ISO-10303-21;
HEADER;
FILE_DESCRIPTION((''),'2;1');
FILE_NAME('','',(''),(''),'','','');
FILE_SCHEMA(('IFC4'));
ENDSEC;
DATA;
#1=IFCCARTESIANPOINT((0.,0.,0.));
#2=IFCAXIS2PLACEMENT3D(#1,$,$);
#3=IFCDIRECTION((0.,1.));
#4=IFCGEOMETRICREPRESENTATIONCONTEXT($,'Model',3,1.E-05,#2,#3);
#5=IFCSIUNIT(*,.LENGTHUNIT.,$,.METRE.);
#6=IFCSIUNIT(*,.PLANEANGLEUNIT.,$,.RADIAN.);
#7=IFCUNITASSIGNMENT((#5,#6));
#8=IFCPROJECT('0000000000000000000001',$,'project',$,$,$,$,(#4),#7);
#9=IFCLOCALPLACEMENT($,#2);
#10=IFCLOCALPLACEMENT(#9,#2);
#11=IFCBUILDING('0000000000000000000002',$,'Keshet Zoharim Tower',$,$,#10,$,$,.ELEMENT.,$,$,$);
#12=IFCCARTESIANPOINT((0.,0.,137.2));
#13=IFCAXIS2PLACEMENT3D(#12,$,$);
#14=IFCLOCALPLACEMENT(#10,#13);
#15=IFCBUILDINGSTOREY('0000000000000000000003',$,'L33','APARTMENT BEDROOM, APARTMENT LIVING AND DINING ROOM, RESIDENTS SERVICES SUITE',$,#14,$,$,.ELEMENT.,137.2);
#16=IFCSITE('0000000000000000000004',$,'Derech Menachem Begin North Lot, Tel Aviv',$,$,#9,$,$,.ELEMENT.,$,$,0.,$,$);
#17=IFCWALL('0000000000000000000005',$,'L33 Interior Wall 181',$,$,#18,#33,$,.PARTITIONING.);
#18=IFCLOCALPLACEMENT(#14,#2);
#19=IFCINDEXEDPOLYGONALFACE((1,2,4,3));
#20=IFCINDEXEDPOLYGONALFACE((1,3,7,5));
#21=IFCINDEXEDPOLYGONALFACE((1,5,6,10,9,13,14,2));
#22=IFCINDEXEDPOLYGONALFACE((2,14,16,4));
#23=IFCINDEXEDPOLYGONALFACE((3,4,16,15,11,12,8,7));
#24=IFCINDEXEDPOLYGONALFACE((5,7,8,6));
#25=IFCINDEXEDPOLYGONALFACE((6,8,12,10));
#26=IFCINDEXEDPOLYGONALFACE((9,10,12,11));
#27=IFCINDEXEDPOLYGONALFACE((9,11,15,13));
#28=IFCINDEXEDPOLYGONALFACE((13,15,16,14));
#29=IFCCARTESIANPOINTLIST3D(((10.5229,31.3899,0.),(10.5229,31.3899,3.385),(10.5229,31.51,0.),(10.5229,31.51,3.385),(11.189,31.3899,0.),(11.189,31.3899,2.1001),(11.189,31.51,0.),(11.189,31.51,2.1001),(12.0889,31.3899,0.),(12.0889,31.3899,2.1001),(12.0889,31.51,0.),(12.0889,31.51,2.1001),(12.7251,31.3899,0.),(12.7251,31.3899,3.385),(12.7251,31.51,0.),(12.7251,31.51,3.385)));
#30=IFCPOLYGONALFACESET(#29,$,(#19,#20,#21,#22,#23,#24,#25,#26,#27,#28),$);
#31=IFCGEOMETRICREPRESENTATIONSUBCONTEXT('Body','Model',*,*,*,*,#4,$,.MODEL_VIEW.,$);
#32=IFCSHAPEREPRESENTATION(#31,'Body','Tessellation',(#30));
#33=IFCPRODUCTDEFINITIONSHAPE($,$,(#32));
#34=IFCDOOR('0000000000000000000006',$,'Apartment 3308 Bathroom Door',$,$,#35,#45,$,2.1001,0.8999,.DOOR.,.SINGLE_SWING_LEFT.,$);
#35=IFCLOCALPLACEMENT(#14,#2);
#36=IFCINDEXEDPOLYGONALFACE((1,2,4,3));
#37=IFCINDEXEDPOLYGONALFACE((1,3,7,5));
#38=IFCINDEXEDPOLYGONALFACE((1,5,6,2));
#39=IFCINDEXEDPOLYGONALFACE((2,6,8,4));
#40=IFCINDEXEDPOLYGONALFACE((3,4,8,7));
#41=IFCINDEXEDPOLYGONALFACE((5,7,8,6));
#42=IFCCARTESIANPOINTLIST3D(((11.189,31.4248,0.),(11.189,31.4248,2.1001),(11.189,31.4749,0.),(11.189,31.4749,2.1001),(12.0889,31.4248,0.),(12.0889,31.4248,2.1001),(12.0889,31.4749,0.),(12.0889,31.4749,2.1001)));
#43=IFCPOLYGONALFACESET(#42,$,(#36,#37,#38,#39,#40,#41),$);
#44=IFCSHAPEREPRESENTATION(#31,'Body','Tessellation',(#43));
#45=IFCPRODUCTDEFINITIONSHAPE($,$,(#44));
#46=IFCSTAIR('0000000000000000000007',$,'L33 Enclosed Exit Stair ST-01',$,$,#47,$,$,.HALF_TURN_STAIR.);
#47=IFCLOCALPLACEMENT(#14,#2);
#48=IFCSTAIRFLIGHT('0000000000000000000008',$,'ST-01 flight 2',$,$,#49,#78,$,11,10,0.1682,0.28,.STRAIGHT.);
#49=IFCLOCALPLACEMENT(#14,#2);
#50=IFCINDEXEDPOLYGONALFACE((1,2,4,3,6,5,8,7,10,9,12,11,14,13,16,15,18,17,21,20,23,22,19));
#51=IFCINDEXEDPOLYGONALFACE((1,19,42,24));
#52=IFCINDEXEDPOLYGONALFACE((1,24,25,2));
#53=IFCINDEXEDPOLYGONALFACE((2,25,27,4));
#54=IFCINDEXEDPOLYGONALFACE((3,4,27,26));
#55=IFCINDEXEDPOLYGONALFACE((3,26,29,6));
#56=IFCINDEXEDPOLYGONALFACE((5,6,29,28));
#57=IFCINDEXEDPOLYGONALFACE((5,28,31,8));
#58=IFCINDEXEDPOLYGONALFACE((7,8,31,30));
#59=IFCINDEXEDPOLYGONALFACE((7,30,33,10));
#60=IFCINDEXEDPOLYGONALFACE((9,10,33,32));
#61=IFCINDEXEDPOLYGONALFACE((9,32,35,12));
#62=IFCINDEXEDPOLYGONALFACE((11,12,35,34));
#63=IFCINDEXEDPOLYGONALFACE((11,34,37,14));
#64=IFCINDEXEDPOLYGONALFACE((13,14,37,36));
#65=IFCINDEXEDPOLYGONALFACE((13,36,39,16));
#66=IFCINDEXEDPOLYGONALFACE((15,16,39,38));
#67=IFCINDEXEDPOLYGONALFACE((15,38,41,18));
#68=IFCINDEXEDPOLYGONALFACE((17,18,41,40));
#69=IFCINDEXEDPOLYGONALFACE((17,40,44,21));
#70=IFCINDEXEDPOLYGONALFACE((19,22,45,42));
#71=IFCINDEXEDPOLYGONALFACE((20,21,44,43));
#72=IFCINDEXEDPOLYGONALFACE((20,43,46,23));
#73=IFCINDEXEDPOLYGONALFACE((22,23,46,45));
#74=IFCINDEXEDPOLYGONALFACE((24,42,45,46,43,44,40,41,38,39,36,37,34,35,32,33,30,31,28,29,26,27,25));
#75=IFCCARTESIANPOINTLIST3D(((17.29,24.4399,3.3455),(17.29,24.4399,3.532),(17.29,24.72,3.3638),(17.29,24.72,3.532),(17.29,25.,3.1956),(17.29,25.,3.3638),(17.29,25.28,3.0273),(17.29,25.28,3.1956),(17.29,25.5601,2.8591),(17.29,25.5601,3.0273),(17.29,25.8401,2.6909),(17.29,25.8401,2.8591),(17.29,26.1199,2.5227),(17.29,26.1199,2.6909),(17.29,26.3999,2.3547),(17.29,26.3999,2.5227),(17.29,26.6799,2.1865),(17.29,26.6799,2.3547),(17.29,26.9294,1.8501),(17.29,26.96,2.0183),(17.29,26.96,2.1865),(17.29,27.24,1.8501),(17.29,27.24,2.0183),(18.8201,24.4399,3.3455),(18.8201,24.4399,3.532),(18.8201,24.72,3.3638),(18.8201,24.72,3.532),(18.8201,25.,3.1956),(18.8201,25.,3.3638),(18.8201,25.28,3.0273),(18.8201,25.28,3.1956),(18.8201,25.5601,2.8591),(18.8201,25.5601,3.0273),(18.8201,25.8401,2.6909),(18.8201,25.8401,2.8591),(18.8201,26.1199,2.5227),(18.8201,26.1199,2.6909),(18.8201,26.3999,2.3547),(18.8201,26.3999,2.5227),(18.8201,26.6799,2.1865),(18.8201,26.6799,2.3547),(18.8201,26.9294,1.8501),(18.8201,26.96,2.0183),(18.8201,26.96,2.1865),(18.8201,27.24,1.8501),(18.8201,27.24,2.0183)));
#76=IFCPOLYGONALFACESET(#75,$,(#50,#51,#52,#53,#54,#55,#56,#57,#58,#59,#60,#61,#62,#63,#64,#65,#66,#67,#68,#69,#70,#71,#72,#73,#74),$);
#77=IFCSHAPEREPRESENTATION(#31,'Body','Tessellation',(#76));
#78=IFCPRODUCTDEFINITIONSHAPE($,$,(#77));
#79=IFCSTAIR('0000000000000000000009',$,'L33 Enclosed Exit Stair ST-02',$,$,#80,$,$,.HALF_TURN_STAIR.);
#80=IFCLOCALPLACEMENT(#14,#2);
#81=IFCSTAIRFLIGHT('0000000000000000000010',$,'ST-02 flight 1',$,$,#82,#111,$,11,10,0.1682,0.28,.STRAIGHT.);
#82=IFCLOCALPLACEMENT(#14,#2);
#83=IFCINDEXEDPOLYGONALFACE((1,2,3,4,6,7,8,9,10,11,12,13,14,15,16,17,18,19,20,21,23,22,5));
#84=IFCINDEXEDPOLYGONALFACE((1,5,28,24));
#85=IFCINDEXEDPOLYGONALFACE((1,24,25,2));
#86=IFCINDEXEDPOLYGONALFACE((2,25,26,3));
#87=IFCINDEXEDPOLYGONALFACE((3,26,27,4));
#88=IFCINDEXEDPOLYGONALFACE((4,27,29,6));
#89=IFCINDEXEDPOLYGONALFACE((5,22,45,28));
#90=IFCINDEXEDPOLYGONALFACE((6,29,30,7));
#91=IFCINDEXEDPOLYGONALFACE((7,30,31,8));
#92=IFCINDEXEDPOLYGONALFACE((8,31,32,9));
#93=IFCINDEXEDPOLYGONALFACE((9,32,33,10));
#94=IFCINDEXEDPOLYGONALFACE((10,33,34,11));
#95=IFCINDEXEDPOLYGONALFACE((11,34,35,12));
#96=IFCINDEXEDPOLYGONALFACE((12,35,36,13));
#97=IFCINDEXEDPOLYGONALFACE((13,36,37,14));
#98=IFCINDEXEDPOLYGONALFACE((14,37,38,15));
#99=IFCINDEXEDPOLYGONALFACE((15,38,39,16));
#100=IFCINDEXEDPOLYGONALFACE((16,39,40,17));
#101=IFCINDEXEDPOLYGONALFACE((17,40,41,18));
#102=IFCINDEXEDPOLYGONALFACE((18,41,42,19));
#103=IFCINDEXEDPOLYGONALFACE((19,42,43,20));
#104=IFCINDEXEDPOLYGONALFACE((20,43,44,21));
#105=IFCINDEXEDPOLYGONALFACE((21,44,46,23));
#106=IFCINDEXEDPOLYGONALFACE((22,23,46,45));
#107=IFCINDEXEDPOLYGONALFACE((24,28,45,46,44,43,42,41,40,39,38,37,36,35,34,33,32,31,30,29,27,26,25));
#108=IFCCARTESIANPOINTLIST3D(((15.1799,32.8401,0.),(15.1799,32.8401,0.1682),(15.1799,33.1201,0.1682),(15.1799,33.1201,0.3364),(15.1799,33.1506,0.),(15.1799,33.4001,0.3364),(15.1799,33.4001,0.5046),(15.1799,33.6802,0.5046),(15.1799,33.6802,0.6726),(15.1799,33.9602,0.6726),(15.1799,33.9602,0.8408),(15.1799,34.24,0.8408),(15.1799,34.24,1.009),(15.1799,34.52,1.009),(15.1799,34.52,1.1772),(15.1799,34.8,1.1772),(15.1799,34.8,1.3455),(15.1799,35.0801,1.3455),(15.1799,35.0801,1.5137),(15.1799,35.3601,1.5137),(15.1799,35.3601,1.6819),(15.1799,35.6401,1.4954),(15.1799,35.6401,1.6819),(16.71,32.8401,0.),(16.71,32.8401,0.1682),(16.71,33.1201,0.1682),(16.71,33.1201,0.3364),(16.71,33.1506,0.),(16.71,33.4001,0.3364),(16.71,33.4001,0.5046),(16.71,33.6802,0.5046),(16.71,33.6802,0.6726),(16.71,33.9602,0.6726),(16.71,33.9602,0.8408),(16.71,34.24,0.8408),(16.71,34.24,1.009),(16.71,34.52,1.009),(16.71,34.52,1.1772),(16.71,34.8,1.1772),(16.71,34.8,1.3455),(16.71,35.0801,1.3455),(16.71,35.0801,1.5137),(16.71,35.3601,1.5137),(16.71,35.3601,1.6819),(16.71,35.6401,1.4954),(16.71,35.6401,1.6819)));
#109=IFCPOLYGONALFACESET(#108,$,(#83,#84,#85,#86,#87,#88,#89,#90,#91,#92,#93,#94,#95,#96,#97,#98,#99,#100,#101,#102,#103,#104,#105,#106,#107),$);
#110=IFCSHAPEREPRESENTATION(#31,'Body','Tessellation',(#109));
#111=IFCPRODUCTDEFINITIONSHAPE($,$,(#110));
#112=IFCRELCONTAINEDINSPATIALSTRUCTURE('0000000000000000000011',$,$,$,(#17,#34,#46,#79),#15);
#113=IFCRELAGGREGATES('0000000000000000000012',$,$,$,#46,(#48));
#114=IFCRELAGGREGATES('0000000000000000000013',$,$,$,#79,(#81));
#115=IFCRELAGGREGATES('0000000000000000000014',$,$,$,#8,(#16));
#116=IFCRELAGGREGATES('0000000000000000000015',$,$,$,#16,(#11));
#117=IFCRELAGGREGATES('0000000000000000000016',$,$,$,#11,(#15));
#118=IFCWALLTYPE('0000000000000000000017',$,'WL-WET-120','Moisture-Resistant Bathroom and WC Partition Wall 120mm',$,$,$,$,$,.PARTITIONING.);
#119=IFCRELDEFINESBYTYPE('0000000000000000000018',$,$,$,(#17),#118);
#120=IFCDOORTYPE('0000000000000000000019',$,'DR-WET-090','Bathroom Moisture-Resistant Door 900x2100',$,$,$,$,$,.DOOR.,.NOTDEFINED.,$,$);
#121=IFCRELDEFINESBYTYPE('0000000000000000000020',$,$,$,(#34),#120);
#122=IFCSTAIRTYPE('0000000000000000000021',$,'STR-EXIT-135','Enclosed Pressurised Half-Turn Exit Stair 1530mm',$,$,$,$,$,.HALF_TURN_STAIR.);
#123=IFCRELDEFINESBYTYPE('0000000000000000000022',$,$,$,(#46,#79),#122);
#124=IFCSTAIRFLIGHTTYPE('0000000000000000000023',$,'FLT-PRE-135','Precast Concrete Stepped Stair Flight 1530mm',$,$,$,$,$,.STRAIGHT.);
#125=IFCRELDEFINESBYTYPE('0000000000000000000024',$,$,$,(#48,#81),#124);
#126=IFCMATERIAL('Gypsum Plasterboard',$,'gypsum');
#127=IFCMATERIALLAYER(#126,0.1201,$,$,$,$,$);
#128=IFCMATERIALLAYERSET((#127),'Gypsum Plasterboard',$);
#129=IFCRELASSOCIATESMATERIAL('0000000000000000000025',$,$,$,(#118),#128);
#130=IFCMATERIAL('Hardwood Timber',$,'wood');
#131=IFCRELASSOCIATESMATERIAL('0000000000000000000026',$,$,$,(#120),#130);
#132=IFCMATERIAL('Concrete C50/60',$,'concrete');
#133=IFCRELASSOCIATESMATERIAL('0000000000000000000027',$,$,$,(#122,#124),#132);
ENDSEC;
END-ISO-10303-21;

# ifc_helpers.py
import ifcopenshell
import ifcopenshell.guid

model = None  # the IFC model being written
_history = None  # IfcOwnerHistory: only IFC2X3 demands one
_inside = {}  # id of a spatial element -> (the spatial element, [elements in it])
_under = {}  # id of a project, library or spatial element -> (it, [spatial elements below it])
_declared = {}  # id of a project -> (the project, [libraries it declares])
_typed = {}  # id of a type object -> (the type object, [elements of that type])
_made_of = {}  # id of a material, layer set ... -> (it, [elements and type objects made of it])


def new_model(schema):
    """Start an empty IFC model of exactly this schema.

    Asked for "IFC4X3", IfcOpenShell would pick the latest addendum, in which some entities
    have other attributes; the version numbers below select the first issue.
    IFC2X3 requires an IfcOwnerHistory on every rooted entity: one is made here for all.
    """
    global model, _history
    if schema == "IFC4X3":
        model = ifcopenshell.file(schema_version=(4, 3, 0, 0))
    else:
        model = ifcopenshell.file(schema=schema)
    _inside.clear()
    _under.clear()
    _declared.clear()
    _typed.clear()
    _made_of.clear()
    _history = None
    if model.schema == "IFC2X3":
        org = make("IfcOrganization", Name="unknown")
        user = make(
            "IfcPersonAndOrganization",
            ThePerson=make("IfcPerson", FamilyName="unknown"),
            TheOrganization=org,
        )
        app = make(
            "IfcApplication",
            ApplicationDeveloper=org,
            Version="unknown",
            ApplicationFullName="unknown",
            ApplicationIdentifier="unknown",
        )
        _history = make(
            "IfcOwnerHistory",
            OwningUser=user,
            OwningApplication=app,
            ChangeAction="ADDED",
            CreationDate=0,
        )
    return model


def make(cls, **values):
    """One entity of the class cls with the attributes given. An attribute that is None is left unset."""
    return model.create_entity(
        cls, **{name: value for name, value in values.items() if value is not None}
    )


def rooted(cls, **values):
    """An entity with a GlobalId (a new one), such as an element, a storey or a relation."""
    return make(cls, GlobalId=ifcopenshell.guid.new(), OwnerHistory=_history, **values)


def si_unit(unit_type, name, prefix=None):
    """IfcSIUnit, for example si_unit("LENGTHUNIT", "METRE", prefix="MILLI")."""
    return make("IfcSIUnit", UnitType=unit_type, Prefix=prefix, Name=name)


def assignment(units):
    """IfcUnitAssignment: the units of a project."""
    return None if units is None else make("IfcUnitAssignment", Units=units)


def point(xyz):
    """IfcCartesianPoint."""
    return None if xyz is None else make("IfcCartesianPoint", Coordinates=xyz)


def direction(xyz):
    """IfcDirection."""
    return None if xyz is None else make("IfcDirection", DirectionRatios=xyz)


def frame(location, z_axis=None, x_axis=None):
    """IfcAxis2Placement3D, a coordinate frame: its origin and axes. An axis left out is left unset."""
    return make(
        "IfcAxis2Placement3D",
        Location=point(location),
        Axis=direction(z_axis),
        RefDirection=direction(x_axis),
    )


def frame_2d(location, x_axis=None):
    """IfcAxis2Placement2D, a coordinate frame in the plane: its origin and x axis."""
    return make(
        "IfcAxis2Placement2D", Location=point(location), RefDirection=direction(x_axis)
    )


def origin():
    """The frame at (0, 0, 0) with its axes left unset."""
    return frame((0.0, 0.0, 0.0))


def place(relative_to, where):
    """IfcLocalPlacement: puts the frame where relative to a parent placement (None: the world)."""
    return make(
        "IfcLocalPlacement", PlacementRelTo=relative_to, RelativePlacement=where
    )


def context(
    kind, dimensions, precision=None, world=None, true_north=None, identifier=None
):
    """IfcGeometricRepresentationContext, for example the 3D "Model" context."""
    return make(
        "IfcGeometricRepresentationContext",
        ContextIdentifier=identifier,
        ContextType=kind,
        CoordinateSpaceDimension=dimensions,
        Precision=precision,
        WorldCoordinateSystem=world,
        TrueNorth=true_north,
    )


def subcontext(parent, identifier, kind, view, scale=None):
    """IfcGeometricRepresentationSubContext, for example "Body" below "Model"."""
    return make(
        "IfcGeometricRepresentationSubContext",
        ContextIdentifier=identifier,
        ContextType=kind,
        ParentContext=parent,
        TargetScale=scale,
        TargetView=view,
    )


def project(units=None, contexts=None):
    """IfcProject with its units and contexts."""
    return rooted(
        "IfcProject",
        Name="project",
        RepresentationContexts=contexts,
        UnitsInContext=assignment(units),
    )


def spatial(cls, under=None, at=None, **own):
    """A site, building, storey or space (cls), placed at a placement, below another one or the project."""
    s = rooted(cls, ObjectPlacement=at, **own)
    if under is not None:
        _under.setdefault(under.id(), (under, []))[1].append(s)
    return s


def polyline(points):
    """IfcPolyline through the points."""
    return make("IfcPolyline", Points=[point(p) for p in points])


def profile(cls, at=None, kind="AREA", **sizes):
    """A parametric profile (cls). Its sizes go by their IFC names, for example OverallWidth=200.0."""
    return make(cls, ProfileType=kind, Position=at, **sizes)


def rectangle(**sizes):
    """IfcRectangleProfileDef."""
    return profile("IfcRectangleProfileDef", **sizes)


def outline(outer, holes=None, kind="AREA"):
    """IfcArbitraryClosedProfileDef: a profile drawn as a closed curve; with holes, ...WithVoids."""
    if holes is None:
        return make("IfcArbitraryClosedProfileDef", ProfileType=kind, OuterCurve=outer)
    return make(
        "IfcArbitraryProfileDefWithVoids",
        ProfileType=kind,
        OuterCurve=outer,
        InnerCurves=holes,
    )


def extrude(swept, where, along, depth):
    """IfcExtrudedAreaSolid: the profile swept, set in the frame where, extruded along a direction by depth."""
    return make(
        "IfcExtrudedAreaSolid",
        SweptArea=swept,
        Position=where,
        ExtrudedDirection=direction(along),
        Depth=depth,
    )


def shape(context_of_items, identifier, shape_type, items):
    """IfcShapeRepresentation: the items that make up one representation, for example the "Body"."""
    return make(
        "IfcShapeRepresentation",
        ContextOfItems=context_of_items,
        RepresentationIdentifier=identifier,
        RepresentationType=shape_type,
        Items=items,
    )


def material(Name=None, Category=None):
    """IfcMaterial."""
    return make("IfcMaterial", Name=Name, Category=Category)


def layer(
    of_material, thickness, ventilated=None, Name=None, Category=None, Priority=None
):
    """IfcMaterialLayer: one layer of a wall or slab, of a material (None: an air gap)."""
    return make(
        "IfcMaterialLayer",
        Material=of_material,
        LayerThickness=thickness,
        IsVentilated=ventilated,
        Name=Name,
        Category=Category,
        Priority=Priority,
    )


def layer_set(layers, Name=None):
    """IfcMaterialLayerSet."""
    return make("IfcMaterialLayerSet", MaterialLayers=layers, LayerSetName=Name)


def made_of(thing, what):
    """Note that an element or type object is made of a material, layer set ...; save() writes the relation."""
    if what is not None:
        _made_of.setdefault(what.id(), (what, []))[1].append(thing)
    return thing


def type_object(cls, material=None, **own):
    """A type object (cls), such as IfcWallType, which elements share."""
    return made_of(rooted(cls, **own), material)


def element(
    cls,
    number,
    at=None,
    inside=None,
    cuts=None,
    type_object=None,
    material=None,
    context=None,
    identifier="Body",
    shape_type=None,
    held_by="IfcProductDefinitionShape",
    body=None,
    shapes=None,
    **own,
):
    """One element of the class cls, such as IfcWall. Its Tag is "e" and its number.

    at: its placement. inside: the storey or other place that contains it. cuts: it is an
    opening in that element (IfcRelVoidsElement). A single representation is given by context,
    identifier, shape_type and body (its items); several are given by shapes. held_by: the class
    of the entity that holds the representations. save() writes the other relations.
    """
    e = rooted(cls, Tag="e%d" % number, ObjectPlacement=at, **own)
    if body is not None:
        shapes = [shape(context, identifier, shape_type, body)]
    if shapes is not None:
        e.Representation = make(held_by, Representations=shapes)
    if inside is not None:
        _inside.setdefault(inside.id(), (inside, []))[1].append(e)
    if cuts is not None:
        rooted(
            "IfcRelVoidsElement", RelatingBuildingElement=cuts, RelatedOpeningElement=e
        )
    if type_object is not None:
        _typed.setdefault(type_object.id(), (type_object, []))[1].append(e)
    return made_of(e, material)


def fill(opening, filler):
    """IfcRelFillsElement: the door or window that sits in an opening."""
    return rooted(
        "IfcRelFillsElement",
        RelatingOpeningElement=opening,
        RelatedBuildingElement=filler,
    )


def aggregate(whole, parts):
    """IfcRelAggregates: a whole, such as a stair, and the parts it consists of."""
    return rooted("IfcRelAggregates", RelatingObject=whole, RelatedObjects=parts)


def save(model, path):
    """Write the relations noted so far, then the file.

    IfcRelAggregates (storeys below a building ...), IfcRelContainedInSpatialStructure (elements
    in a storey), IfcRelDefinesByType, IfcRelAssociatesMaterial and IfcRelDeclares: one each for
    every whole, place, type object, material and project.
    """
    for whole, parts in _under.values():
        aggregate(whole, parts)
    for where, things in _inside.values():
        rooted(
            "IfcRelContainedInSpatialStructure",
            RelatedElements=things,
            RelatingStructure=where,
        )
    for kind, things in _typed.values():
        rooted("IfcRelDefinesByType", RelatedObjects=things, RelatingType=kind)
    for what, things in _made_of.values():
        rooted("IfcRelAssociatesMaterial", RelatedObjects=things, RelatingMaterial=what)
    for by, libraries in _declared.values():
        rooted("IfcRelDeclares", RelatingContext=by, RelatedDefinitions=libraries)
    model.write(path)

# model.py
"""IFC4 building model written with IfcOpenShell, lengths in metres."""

from ifc_helpers import new_model, si_unit, direction, frame, frame_2d, origin, place, context, subcontext, project, spatial, polyline, rectangle, outline, extrude, material, layer, layer_set, type_object, element, fill, aggregate, save


model = new_model("IFC4")

# Units and contexts
model_context = context("Model", 3, precision=1e-05, world=origin(), true_north=direction((0.0, 1.0)))
body_context = subcontext(model_context, "Body", "Model", "MODEL_VIEW")
ifc_project = project(units=[si_unit("LENGTHUNIT", "METRE"), si_unit("PLANEANGLEUNIT", "RADIAN")], contexts=[model_context])

# Site, building, storey
site_placement = place(None, origin())
site = spatial("IfcSite", under=ifc_project, at=site_placement, Name="Derech Menachem Begin North Lot, Tel Aviv", CompositionType="ELEMENT", RefElevation=0.0)
building_placement = place(site_placement, origin())
building = spatial("IfcBuilding", under=site, at=building_placement, Name="Keshet Zoharim Tower", CompositionType="ELEMENT")
storey_placement = place(building_placement, frame((0.0, 0.0, 137.2)))
storey = spatial("IfcBuildingStorey", under=building, at=storey_placement, Name="L33", Description="APARTMENT BEDROOM, APARTMENT LIVING AND DINING ROOM, RESIDENTS SERVICES SUITE", CompositionType="ELEMENT", Elevation=137.2)

# Shared definitions
ifc_material_1 = material(Name="Hardwood Timber", Category="wood")

# Shared definitions
ifc_material_2 = material(Name="Gypsum Plasterboard", Category="gypsum")

# Shared definitions
ifc_layer_1 = layer(ifc_material_2, 0.1201)
ifc_layer_set_1 = layer_set([ifc_layer_1], Name="Gypsum Plasterboard")
wall_type_1 = type_object("IfcWallType", Name="WL-WET-120", Description="Moisture-Resistant Bathroom and WC Partition Wall 120mm", PredefinedType="PARTITIONING", material=ifc_layer_set_1)

# Wall, opening, door
wall_1_placement = place(storey_placement, frame((10.5229, 31.45, 0.0), z_axis=(0.0, 0.0, 1.0), x_axis=(1.0, 0.0, 0.0)))
wall_1 = element("IfcWall", 1, at=wall_1_placement, inside=storey, type_object=wall_type_1, Name="L33 Interior Wall 181", PredefinedType="PARTITIONING", context=body_context, shape_type="SweptSolid", body=[
    extrude(rectangle(XDim=2.2021, YDim=0.1201, at=frame_2d((1.1011, 0.0))), origin(), (0.0, 0.0, 1.0), 3.385),
])
opening_1_placement = place(wall_1_placement, frame((0.666, 0.0, 0.0)))
opening_1 = element("IfcOpeningElement", 2, at=opening_1_placement, cuts=wall_1, PredefinedType="OPENING", context=body_context, shape_type="SweptSolid", body=[
    extrude(rectangle(XDim=0.8999, YDim=2.1001, at=frame_2d((0.45, 1.05))), frame((0.0, 0.0701, 0.0), z_axis=(0.0, -1.0, 0.0), x_axis=(1.0, 0.0, 0.0)), (0.0, 0.0, 1.0), 0.1401),
])
door_type_1 = type_object("IfcDoorType", Name="DR-WET-090", Description="Bathroom Moisture-Resistant Door 900x2100", OperationType="NOTDEFINED", PredefinedType="DOOR", material=ifc_material_1)
door_1_placement = place(opening_1_placement, origin())
door_1 = element("IfcDoor", 3, at=door_1_placement, inside=storey, type_object=door_type_1, Name="Apartment 3308 Bathroom Door", OperationType="SINGLE_SWING_LEFT", OverallHeight=2.1001, OverallWidth=0.8999, PredefinedType="DOOR", context=body_context, shape_type="SweptSolid", body=[
    extrude(rectangle(XDim=0.8999, YDim=2.1001, at=frame_2d((0.45, 1.05))), frame((0.0, 0.0249, 0.0), z_axis=(0.0, -1.0, 0.0), x_axis=(1.0, 0.0, 0.0)), (0.0, 0.0, 1.0), 0.05),
])
fill(opening_1, door_1)

# Stairs, stair flights
ifc_material_3 = material(Name="Concrete C50/60", Category="concrete")
stair_type = type_object("IfcStairType", Name="STR-EXIT-135", Description="Enclosed Pressurised Half-Turn Exit Stair 1530mm", PredefinedType="HALF_TURN_STAIR", material=ifc_material_3)
stair_1_placement = place(storey_placement, origin())
stair_1 = element("IfcStair", 4, at=stair_1_placement, inside=storey, type_object=stair_type, Name="L33 Enclosed Exit Stair ST-01", PredefinedType="HALF_TURN_STAIR")
stair_flight_type = type_object("IfcStairFlightType", Name="FLT-PRE-135", Description="Precast Concrete Stepped Stair Flight 1530mm", PredefinedType="STRAIGHT", material=ifc_material_3)
stair_flight_1_placement = place(storey_placement, frame((18.0549, 27.24, 1.8501), z_axis=(0.0, 0.0, 1.0), x_axis=(0.0, -1.0, 0.0)))
stair_flight_1 = element("IfcStairFlight", 5, at=stair_flight_1_placement, type_object=stair_flight_type, Name="ST-01 flight 2", NumberOfRisers=11, NumberOfTreads=10, PredefinedType="STRAIGHT", RiserHeight=0.1682, TreadLength=0.28, context=body_context, shape_type="SweptSolid", body=[
    extrude(outline(polyline([(0.0, 0.0), (0.0, 0.1682), (0.28, 0.1682), (0.28, 0.3364), (0.5601, 0.3364), (0.5601, 0.5046), (0.8401, 0.5046), (0.8401, 0.6726), (1.1201, 0.6726), (1.1201, 0.8408), (1.3999, 0.8408), (1.3999, 1.009), (1.6799, 1.009), (1.6799, 1.1772), (1.96, 1.1772), (1.96, 1.3455), (2.24, 1.3455), (2.24, 1.5137), (2.52, 1.5137), (2.52, 1.6819), (2.8, 1.6819), (2.8, 1.8501), (2.8, 1.4954), (0.3105, 0.0), (0.0, 0.0)])), frame((0.0, 0.7651, 0.0), z_axis=(0.0, -1.0, 0.0), x_axis=(1.0, 0.0, 0.0)), (0.0, 0.0, 1.0), 1.53),
])
aggregate(stair_1, [stair_flight_1])
stair_2_placement = place(storey_placement, origin())
stair_2 = element("IfcStair", 6, at=stair_2_placement, inside=storey, type_object=stair_type, Name="L33 Enclosed Exit Stair ST-02", PredefinedType="HALF_TURN_STAIR")
stair_flight_2_placement = place(storey_placement, frame((15.9451, 32.8401, 0.0), z_axis=(0.0, 0.0, 1.0), x_axis=(0.0, 1.0, 0.0)))
stair_flight_2 = element("IfcStairFlight", 7, at=stair_flight_2_placement, type_object=stair_flight_type, Name="ST-02 flight 1", NumberOfRisers=11, NumberOfTreads=10, PredefinedType="STRAIGHT", RiserHeight=0.1682, TreadLength=0.28, context=body_context, shape_type="SweptSolid", body=[
    extrude(outline(polyline([(0.0, 0.0), (0.0, 0.1682), (0.28, 0.1682), (0.28, 0.3364), (0.5601, 0.3364), (0.5601, 0.5046), (0.8401, 0.5046), (0.8401, 0.6726), (1.1201, 0.6726), (1.1201, 0.8408), (1.3999, 0.8408), (1.3999, 1.009), (1.6799, 1.009), (1.6799, 1.1772), (1.96, 1.1772), (1.96, 1.3455), (2.24, 1.3455), (2.24, 1.5137), (2.52, 1.5137), (2.52, 1.6819), (2.8, 1.6819), (2.8, 1.8501), (2.8, 1.4954), (0.3105, 0.0), (0.0, 0.0)])), frame((0.0, 0.7651, 0.0), z_axis=(0.0, -1.0, 0.0), x_axis=(1.0, 0.0, 0.0)), (0.0, 0.0, 1.0), 1.53),
])
aggregate(stair_2, [stair_flight_2])

save(model, "model.ifc")
